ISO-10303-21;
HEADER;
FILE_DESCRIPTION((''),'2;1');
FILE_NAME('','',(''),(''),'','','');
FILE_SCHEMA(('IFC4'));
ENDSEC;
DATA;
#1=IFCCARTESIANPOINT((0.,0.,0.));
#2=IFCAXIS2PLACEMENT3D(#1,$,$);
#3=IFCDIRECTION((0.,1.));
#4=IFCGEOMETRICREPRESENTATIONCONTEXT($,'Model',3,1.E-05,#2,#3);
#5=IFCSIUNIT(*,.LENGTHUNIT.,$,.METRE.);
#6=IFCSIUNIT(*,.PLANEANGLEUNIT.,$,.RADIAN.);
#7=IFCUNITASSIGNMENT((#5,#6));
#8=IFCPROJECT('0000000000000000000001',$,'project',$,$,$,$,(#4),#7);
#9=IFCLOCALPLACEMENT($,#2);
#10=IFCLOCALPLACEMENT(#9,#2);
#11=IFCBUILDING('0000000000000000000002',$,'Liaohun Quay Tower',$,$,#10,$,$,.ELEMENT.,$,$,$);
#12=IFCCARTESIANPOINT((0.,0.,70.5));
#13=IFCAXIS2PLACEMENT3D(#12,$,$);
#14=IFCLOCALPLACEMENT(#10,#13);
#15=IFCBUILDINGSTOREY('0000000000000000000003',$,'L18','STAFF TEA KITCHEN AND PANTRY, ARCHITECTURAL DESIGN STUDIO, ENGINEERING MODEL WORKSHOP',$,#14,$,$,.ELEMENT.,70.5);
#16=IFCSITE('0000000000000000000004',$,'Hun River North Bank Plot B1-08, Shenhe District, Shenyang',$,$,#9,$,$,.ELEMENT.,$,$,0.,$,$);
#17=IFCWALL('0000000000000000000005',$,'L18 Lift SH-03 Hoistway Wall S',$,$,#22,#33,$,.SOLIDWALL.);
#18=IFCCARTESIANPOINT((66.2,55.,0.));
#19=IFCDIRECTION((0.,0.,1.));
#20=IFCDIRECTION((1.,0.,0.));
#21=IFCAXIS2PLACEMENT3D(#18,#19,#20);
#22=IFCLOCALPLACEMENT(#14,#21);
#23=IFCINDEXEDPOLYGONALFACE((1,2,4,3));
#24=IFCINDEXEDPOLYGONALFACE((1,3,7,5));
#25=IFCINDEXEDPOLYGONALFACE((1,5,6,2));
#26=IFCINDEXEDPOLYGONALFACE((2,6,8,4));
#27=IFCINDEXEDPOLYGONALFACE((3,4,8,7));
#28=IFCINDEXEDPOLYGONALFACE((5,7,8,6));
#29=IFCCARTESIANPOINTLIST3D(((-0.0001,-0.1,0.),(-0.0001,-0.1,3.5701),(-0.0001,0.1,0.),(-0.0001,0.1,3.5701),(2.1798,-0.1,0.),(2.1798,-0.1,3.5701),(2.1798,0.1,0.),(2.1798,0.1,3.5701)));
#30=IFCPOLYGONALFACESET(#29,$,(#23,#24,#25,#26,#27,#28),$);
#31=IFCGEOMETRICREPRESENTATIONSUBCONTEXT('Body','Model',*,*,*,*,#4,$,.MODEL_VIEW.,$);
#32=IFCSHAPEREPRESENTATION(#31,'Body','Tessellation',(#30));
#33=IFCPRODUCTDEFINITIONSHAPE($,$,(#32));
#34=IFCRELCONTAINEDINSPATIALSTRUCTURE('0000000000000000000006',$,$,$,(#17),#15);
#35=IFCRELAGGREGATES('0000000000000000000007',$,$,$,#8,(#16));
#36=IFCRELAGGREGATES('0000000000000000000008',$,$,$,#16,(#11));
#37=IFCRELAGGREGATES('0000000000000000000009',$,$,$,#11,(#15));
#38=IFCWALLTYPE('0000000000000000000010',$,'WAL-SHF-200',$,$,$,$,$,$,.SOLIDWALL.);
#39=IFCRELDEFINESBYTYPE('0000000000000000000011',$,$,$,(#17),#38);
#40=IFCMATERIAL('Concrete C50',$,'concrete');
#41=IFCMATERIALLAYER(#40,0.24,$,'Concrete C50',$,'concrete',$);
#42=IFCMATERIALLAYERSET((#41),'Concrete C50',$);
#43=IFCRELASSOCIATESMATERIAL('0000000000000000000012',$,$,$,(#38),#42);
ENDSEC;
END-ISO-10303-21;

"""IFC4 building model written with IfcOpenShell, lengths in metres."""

from ifc_helpers import new_model, si_unit, direction, frame, frame_2d, origin, place, context, subcontext, project, spatial, rectangle, extrude, material, layer, layer_set, type_object, element, save


model = new_model("IFC4")

# Units and contexts
model_context = context("Model", 3, precision=1e-05, world=origin(), true_north=direction((0.0, 1.0)))
body_context = subcontext(model_context, "Body", "Model", "MODEL_VIEW")
ifc_project = project(units=[si_unit("LENGTHUNIT", "METRE"), si_unit("PLANEANGLEUNIT", "RADIAN")], contexts=[model_context])

# Site, building, storey
site_placement = place(None, origin())
site = spatial("IfcSite", under=ifc_project, at=site_placement, Name="Hun River North Bank Plot B1-08, Shenhe District, Shenyang", CompositionType="ELEMENT", RefElevation=0.0)
building_placement = place(site_placement, origin())
building = spatial("IfcBuilding", under=site, at=building_placement, Name="Liaohun Quay Tower", CompositionType="ELEMENT")
storey_placement = place(building_placement, frame((0.0, 0.0, 70.5)))
storey = spatial("IfcBuildingStorey", under=building, at=storey_placement, Name="L18", Description="STAFF TEA KITCHEN AND PANTRY, ARCHITECTURAL DESIGN STUDIO, ENGINEERING MODEL WORKSHOP", CompositionType="ELEMENT", Elevation=70.5)

# Shared definitions
ifc_material_1 = material(Name="Concrete C50", Category="concrete")
ifc_layer_1 = layer(ifc_material_1, 0.24, Name="Concrete C50", Category="concrete")
ifc_layer_set_1 = layer_set([ifc_layer_1], Name="Concrete C50")
wall_type_1 = type_object("IfcWallType", Name="WAL-SHF-200", PredefinedType="SOLIDWALL", material=ifc_layer_set_1)

# Wall
wall_1_placement = place(storey_placement, frame((66.2, 55.0, 0.0), z_axis=(0.0, 0.0, 1.0), x_axis=(1.0, 0.0, 0.0)))
element("IfcWall", 1, at=wall_1_placement, inside=storey, type_object=wall_type_1, Name="L18 Lift SH-03 Hoistway Wall S", PredefinedType="SOLIDWALL", context=body_context, shape_type="SweptSolid", body=[
    extrude(rectangle(XDim=2.1799, YDim=0.2, at=frame_2d((1.0898, 0.0))), origin(), (0.0, 0.0, 1.0), 3.5701),
])

save(model, "model.ifc")
